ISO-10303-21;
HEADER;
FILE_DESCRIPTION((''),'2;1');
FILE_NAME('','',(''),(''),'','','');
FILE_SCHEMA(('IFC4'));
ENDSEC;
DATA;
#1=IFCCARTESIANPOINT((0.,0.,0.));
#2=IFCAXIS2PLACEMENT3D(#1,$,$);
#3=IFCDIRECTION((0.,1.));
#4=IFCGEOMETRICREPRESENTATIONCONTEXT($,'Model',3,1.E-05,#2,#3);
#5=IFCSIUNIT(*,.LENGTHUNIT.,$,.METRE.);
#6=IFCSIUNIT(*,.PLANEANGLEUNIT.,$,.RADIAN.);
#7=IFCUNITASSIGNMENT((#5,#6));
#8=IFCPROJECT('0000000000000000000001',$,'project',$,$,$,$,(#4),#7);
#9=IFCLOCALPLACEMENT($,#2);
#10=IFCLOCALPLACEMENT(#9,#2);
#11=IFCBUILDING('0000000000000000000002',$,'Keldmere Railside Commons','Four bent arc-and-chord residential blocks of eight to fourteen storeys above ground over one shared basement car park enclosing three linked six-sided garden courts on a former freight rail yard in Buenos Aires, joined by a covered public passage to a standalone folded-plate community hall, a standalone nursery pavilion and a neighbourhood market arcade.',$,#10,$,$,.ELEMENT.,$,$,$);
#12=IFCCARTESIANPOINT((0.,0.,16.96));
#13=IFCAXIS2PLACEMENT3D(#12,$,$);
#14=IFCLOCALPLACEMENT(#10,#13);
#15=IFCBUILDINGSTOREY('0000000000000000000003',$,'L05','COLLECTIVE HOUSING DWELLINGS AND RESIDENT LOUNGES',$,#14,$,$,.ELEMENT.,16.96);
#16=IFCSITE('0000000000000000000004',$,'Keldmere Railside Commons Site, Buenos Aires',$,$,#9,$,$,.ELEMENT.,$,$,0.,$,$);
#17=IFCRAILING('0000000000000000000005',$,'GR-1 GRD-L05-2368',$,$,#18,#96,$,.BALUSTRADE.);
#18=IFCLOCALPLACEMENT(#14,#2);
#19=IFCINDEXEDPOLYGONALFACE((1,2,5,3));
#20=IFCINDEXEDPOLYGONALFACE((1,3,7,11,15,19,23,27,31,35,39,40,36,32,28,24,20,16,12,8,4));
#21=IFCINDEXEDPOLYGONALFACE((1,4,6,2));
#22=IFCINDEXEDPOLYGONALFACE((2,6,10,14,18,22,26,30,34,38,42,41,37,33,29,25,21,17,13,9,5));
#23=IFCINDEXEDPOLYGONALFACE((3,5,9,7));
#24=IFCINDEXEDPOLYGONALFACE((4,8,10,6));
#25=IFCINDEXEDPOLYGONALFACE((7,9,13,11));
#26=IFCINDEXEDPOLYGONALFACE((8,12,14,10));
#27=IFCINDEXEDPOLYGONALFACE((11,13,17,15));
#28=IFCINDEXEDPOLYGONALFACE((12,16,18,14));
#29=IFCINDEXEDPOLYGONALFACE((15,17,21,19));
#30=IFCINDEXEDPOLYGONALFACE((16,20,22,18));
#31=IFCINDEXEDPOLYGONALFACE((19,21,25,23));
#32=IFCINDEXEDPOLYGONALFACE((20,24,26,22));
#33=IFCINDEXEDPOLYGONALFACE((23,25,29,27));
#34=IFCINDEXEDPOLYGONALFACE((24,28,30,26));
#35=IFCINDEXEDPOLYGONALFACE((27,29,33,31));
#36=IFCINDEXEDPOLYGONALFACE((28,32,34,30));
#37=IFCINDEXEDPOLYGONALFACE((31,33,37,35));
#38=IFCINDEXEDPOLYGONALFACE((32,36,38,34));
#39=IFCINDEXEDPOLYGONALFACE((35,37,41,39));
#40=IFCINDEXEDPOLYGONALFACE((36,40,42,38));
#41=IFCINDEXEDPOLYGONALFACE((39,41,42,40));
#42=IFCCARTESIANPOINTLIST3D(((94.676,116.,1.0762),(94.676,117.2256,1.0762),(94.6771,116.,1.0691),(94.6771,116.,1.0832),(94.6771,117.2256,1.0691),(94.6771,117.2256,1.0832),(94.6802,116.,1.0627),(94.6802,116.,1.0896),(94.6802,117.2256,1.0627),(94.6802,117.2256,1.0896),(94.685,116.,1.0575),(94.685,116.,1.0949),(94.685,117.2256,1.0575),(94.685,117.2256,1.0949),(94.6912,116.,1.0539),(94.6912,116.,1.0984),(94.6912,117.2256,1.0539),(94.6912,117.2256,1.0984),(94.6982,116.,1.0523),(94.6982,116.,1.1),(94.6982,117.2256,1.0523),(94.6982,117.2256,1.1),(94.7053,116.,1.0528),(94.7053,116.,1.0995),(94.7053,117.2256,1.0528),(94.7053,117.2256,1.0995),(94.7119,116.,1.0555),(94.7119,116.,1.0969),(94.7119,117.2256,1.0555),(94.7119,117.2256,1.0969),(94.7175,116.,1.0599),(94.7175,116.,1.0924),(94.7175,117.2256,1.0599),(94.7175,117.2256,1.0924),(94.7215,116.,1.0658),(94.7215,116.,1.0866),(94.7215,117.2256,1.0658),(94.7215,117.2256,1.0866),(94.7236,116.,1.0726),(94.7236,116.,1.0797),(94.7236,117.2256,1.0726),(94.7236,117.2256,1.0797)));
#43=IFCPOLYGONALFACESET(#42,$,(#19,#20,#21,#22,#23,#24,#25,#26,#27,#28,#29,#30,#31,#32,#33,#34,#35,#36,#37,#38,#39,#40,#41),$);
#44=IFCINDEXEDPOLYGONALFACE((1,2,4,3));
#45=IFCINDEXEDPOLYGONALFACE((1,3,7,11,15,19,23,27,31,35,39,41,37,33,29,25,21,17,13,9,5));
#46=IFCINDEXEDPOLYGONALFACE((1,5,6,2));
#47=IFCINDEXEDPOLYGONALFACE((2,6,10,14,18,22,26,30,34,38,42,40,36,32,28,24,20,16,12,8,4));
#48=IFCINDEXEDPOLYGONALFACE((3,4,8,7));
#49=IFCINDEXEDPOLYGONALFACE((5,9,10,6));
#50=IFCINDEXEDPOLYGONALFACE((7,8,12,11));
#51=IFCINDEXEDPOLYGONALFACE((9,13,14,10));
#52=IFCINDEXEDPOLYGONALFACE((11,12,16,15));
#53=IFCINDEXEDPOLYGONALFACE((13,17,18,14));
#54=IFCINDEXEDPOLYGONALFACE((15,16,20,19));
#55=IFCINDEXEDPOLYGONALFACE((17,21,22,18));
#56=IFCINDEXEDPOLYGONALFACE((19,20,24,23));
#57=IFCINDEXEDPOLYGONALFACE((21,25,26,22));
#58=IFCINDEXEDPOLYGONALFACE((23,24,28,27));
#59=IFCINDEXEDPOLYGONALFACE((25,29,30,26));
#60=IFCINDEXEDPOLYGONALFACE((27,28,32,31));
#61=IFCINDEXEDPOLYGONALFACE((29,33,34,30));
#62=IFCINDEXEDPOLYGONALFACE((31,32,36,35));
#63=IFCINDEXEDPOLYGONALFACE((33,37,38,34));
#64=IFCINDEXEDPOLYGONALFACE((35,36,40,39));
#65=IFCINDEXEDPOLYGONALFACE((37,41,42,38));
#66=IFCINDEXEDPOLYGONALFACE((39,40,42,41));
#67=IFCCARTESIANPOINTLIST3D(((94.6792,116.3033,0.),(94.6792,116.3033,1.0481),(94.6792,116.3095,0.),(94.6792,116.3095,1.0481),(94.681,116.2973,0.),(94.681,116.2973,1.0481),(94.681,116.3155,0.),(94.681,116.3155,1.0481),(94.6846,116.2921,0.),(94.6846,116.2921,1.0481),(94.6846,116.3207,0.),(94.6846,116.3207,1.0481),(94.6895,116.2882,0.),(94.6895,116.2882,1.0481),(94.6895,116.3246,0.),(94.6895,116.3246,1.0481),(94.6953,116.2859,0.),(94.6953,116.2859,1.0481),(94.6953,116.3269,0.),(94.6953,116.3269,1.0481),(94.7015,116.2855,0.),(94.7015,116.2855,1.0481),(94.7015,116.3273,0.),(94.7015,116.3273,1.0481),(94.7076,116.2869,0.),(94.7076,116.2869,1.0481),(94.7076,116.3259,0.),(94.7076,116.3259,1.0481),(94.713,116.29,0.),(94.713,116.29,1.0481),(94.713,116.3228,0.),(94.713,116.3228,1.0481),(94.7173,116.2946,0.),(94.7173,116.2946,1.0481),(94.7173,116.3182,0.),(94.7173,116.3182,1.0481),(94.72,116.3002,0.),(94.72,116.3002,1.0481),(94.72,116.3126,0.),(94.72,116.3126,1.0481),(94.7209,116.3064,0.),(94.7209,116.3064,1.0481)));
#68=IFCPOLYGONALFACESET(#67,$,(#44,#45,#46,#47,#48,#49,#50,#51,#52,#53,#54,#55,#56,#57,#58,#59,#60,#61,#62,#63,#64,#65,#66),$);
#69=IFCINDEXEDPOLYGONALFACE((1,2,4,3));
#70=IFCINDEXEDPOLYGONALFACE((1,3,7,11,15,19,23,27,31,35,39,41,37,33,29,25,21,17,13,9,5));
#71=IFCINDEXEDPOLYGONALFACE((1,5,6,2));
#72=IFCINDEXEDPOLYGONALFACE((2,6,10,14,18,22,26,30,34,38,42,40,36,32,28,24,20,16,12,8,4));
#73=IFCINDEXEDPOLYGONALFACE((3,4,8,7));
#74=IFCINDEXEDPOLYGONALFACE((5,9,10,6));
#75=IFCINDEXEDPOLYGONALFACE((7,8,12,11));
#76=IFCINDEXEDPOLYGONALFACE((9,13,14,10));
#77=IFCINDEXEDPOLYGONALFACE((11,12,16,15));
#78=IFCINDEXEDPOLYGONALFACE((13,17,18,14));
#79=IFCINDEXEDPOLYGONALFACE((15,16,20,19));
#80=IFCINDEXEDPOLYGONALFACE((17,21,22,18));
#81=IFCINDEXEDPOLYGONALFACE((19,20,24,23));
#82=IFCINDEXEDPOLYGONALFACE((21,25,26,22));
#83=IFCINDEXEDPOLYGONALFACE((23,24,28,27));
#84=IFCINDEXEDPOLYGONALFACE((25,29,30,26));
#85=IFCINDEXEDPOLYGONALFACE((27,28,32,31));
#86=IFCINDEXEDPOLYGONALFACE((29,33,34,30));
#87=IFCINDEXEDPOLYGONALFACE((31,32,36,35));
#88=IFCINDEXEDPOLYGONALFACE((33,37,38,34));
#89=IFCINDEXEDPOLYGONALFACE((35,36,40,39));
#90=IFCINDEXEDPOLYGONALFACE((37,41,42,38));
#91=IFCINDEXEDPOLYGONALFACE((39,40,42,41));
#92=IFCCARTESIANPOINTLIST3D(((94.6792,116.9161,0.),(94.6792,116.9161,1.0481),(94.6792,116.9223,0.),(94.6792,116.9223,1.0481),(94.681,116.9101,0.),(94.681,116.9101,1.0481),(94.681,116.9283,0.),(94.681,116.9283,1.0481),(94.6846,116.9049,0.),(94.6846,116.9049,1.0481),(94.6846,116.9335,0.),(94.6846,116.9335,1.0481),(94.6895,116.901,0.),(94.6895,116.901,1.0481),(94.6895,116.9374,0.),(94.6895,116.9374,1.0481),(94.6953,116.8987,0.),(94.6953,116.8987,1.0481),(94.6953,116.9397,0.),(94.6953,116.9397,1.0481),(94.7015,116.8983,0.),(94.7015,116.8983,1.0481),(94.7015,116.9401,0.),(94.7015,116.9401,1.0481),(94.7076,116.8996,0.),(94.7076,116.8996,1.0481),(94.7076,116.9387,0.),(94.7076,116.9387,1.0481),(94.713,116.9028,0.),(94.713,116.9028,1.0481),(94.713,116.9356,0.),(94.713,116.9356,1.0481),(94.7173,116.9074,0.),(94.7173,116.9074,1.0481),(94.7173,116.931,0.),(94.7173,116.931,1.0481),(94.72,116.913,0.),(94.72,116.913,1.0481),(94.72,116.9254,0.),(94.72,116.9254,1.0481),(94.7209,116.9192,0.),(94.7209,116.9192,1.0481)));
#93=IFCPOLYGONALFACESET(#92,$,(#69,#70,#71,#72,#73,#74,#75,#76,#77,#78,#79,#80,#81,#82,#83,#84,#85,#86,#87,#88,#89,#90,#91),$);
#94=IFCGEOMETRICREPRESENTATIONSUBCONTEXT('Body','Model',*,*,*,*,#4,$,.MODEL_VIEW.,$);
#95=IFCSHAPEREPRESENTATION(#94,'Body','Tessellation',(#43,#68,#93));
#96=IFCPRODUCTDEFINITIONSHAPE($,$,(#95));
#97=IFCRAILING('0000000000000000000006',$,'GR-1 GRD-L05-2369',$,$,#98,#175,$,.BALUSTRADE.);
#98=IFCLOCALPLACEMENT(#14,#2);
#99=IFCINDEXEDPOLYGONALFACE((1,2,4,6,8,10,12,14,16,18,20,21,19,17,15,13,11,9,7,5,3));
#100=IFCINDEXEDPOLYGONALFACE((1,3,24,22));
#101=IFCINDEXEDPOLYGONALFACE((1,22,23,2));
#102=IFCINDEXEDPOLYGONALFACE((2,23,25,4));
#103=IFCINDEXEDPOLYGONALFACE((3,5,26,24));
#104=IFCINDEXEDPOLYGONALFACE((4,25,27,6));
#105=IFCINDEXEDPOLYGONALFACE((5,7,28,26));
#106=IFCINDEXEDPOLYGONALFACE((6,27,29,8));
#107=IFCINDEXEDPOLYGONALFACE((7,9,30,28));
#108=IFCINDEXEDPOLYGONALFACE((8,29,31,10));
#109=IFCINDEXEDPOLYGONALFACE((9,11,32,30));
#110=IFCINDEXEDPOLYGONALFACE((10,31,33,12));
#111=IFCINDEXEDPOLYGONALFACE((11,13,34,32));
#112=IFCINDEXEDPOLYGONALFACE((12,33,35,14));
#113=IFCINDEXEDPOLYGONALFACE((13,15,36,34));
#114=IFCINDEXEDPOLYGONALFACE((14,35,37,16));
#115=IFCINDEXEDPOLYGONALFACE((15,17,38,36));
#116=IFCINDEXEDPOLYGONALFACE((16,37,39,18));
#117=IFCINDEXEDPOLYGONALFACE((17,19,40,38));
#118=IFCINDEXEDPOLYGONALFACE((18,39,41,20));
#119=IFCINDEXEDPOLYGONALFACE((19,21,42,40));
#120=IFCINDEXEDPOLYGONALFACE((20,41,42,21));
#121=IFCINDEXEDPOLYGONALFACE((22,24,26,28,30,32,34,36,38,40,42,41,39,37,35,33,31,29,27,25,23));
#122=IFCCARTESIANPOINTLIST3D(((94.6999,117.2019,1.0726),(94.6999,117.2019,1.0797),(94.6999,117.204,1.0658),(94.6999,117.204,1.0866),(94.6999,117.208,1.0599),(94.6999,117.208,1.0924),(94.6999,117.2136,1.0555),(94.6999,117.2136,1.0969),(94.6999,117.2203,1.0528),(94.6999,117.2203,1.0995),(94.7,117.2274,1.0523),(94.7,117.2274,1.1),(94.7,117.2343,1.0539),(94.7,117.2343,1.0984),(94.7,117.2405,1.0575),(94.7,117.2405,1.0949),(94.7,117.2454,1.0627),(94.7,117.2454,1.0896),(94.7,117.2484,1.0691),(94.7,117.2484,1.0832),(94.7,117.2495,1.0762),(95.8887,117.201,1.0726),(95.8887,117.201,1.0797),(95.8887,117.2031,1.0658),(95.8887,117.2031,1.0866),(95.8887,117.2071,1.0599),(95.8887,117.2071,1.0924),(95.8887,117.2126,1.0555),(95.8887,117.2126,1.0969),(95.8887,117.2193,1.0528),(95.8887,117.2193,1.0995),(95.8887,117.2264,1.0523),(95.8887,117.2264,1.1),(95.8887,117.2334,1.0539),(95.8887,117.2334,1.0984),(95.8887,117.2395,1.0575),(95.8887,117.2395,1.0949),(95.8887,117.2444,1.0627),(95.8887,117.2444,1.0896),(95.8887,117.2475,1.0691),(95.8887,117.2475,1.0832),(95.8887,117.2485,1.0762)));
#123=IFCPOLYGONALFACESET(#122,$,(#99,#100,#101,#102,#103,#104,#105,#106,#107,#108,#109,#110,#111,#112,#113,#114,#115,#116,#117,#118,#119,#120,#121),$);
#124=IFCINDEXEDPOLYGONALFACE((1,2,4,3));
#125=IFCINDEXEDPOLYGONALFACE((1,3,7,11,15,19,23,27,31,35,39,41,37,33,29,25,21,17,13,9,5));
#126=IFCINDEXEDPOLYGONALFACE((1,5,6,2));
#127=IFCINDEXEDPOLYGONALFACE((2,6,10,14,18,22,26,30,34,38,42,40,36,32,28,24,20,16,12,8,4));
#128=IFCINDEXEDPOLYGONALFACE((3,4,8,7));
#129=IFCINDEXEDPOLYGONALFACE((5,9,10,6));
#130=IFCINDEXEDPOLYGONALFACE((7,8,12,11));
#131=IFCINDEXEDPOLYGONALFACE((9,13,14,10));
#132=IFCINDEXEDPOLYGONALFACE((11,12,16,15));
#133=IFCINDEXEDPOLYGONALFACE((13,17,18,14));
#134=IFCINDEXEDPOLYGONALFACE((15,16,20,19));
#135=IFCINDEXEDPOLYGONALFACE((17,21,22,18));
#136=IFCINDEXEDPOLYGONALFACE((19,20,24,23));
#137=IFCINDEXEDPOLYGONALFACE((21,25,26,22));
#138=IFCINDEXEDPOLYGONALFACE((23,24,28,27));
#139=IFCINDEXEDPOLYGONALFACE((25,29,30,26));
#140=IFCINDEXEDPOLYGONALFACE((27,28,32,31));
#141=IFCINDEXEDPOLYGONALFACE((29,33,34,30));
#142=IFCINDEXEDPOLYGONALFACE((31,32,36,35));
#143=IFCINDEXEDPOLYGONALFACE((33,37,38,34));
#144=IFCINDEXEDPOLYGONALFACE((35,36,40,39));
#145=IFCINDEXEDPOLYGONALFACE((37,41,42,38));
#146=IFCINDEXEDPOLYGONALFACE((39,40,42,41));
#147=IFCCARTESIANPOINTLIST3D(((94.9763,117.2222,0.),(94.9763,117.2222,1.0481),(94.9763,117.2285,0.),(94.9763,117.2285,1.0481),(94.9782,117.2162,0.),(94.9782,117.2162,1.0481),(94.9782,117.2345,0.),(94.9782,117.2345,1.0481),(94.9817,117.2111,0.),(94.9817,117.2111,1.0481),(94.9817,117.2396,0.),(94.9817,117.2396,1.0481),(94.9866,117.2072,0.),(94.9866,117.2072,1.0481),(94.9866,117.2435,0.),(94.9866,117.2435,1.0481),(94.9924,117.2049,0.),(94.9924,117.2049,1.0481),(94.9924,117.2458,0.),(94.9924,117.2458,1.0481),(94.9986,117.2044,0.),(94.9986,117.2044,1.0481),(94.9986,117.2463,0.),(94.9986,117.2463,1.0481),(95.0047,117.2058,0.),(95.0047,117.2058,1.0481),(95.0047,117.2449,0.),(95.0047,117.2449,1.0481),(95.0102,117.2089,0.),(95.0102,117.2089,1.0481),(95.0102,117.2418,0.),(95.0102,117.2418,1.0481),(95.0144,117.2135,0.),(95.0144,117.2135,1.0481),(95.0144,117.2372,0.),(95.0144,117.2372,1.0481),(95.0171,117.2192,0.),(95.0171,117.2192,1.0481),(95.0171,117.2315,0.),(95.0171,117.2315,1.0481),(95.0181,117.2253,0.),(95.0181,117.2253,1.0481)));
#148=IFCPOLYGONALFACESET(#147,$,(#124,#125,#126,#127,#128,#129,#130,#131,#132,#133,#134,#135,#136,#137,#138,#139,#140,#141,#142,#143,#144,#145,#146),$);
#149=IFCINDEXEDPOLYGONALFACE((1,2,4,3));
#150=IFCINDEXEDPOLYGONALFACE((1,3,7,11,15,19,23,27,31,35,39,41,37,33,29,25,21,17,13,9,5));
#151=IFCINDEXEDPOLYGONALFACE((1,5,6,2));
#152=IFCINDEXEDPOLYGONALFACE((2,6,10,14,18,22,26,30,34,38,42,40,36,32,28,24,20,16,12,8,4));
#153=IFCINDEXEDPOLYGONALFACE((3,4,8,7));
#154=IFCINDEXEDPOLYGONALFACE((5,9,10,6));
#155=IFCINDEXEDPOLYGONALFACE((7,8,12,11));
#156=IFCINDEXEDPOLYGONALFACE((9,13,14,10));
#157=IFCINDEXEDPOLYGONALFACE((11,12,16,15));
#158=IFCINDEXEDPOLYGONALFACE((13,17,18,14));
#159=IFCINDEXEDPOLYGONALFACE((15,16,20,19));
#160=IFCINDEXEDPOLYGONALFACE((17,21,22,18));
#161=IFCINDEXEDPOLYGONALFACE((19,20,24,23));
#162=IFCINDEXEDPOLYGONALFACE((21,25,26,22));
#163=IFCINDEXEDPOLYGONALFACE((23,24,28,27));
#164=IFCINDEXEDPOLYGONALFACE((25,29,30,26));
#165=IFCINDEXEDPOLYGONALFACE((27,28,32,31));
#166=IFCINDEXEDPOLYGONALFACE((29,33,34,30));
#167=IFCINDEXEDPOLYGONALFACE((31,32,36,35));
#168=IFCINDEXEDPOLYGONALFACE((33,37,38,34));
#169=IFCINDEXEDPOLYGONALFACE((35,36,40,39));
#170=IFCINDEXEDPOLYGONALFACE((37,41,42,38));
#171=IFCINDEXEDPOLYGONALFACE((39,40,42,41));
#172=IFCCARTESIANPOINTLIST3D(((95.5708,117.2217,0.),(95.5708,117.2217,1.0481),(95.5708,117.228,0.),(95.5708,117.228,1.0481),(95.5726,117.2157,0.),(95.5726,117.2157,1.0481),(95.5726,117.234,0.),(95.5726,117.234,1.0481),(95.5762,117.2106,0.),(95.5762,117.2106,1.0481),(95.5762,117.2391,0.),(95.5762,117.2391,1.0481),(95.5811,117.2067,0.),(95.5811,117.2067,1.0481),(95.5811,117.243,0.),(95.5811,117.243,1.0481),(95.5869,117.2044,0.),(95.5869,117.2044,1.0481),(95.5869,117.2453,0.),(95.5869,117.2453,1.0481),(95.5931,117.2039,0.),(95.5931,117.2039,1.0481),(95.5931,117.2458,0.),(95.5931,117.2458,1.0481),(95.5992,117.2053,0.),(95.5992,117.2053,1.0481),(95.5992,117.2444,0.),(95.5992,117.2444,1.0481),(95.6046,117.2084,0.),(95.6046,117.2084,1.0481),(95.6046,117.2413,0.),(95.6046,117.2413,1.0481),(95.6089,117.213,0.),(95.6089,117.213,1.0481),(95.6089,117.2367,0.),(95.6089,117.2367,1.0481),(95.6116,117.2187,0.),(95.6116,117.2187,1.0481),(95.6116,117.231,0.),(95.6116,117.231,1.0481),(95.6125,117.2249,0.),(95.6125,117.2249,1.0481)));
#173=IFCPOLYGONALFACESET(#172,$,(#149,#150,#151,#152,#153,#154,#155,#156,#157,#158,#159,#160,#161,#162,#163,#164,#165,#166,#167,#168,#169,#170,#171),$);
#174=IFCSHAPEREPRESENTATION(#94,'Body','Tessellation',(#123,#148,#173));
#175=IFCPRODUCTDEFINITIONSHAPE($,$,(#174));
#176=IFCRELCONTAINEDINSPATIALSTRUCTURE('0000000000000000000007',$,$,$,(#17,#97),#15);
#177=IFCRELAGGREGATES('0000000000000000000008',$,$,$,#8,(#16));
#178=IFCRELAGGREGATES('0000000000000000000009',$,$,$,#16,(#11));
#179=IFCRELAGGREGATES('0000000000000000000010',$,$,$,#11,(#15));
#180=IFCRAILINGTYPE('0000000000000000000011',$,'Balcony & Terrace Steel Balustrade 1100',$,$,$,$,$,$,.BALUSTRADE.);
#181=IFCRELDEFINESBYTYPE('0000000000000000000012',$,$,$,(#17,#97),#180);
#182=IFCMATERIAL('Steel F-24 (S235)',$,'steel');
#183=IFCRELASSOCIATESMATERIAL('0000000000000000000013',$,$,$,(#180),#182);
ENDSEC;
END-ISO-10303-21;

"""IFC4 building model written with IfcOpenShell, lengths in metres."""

from ifc_helpers import new_model, si_unit, direction, frame, origin, origin_2d, place, context, subcontext, project, spatial, circle, extrude, material, type_object, element, save


model = new_model("IFC4")

# Units and contexts
model_context = context("Model", 3, precision=1e-05, world=origin(), true_north=direction((0.0, 1.0)))
body_context = subcontext(model_context, "Body", "Model", "MODEL_VIEW")
ifc_project = project(units=[si_unit("LENGTHUNIT", "METRE"), si_unit("PLANEANGLEUNIT", "RADIAN")], contexts=[model_context])

# Site, building, storey
site_placement = place(None, origin())
site = spatial("IfcSite", under=ifc_project, at=site_placement, Name="Keldmere Railside Commons Site, Buenos Aires", CompositionType="ELEMENT", RefElevation=0.0)
building_placement = place(site_placement, origin())
building = spatial("IfcBuilding", under=site, at=building_placement, Name="Keldmere Railside Commons", Description="Four bent arc-and-chord residential blocks of eight to fourteen storeys above ground over one shared basement car park enclosing three linked six-sided garden courts on a former freight rail yard in Buenos Aires, joined by a covered public passage to a standalone folded-plate community hall, a standalone nursery pavilion and a neighbourhood market arcade.", CompositionType="ELEMENT")
storey_placement = place(building_placement, frame((0.0, 0.0, 16.96)))
storey = spatial("IfcBuildingStorey", under=building, at=storey_placement, Name="L05", Description="COLLECTIVE HOUSING DWELLINGS AND RESIDENT LOUNGES", CompositionType="ELEMENT", Elevation=16.96)

# Railings
ifc_material_1 = material(Name="Steel F-24 (S235)", Category="steel")
railing_type = type_object("IfcRailingType", Name="Balcony & Terrace Steel Balustrade 1100", PredefinedType="BALUSTRADE", material=ifc_material_1)
railing_1_placement = place(storey_placement, frame((94.7, 116.0, 0.0)))
element("IfcRailing", 1, at=railing_1_placement, inside=storey, type_object=railing_type, Name="GR-1 GRD-L05-2368", PredefinedType="BALUSTRADE", context=body_context, shape_type="SweptSolid", body=[
    extrude(circle(Radius=0.0239, at=origin_2d()), frame((0.0, 0.0, 1.0762), z_axis=(0.0, 1.0, 0.0), x_axis=(-1.0, 0.0, 0.0)), (0.0, 0.0, 1.0), 1.2256),
    extrude(circle(Radius=0.021, at=origin_2d()), frame((0.0, 0.3064, 0.0)), (0.0, 0.0, 1.0), 1.0481),
    extrude(circle(Radius=0.021, at=origin_2d()), frame((0.0, 0.9192, 0.0)), (0.0, 0.0, 1.0), 1.0481),
])
railing_2_placement = place(storey_placement, frame((94.7, 117.2256, 0.0)))
element("IfcRailing", 2, at=railing_2_placement, inside=storey, type_object=railing_type, Name="GR-1 GRD-L05-2369", PredefinedType="BALUSTRADE", context=body_context, shape_type="SweptSolid", body=[
    extrude(circle(Radius=0.0239, at=origin_2d()), frame((0.0, 0.0, 1.0762), z_axis=(1.0, -0.000822, 0.0), x_axis=(0.000822, 1.0, 0.0)), (0.0, 0.0, 1.0), 1.1887),
    extrude(circle(Radius=0.021, at=origin_2d()), frame((0.2971, -0.0002, 0.0)), (0.0, 0.0, 1.0), 1.0481),
    extrude(circle(Radius=0.021, at=origin_2d()), frame((0.8916, -0.0007, 0.0)), (0.0, 0.0, 1.0), 1.0481),
])

save(model, "model.ifc")
